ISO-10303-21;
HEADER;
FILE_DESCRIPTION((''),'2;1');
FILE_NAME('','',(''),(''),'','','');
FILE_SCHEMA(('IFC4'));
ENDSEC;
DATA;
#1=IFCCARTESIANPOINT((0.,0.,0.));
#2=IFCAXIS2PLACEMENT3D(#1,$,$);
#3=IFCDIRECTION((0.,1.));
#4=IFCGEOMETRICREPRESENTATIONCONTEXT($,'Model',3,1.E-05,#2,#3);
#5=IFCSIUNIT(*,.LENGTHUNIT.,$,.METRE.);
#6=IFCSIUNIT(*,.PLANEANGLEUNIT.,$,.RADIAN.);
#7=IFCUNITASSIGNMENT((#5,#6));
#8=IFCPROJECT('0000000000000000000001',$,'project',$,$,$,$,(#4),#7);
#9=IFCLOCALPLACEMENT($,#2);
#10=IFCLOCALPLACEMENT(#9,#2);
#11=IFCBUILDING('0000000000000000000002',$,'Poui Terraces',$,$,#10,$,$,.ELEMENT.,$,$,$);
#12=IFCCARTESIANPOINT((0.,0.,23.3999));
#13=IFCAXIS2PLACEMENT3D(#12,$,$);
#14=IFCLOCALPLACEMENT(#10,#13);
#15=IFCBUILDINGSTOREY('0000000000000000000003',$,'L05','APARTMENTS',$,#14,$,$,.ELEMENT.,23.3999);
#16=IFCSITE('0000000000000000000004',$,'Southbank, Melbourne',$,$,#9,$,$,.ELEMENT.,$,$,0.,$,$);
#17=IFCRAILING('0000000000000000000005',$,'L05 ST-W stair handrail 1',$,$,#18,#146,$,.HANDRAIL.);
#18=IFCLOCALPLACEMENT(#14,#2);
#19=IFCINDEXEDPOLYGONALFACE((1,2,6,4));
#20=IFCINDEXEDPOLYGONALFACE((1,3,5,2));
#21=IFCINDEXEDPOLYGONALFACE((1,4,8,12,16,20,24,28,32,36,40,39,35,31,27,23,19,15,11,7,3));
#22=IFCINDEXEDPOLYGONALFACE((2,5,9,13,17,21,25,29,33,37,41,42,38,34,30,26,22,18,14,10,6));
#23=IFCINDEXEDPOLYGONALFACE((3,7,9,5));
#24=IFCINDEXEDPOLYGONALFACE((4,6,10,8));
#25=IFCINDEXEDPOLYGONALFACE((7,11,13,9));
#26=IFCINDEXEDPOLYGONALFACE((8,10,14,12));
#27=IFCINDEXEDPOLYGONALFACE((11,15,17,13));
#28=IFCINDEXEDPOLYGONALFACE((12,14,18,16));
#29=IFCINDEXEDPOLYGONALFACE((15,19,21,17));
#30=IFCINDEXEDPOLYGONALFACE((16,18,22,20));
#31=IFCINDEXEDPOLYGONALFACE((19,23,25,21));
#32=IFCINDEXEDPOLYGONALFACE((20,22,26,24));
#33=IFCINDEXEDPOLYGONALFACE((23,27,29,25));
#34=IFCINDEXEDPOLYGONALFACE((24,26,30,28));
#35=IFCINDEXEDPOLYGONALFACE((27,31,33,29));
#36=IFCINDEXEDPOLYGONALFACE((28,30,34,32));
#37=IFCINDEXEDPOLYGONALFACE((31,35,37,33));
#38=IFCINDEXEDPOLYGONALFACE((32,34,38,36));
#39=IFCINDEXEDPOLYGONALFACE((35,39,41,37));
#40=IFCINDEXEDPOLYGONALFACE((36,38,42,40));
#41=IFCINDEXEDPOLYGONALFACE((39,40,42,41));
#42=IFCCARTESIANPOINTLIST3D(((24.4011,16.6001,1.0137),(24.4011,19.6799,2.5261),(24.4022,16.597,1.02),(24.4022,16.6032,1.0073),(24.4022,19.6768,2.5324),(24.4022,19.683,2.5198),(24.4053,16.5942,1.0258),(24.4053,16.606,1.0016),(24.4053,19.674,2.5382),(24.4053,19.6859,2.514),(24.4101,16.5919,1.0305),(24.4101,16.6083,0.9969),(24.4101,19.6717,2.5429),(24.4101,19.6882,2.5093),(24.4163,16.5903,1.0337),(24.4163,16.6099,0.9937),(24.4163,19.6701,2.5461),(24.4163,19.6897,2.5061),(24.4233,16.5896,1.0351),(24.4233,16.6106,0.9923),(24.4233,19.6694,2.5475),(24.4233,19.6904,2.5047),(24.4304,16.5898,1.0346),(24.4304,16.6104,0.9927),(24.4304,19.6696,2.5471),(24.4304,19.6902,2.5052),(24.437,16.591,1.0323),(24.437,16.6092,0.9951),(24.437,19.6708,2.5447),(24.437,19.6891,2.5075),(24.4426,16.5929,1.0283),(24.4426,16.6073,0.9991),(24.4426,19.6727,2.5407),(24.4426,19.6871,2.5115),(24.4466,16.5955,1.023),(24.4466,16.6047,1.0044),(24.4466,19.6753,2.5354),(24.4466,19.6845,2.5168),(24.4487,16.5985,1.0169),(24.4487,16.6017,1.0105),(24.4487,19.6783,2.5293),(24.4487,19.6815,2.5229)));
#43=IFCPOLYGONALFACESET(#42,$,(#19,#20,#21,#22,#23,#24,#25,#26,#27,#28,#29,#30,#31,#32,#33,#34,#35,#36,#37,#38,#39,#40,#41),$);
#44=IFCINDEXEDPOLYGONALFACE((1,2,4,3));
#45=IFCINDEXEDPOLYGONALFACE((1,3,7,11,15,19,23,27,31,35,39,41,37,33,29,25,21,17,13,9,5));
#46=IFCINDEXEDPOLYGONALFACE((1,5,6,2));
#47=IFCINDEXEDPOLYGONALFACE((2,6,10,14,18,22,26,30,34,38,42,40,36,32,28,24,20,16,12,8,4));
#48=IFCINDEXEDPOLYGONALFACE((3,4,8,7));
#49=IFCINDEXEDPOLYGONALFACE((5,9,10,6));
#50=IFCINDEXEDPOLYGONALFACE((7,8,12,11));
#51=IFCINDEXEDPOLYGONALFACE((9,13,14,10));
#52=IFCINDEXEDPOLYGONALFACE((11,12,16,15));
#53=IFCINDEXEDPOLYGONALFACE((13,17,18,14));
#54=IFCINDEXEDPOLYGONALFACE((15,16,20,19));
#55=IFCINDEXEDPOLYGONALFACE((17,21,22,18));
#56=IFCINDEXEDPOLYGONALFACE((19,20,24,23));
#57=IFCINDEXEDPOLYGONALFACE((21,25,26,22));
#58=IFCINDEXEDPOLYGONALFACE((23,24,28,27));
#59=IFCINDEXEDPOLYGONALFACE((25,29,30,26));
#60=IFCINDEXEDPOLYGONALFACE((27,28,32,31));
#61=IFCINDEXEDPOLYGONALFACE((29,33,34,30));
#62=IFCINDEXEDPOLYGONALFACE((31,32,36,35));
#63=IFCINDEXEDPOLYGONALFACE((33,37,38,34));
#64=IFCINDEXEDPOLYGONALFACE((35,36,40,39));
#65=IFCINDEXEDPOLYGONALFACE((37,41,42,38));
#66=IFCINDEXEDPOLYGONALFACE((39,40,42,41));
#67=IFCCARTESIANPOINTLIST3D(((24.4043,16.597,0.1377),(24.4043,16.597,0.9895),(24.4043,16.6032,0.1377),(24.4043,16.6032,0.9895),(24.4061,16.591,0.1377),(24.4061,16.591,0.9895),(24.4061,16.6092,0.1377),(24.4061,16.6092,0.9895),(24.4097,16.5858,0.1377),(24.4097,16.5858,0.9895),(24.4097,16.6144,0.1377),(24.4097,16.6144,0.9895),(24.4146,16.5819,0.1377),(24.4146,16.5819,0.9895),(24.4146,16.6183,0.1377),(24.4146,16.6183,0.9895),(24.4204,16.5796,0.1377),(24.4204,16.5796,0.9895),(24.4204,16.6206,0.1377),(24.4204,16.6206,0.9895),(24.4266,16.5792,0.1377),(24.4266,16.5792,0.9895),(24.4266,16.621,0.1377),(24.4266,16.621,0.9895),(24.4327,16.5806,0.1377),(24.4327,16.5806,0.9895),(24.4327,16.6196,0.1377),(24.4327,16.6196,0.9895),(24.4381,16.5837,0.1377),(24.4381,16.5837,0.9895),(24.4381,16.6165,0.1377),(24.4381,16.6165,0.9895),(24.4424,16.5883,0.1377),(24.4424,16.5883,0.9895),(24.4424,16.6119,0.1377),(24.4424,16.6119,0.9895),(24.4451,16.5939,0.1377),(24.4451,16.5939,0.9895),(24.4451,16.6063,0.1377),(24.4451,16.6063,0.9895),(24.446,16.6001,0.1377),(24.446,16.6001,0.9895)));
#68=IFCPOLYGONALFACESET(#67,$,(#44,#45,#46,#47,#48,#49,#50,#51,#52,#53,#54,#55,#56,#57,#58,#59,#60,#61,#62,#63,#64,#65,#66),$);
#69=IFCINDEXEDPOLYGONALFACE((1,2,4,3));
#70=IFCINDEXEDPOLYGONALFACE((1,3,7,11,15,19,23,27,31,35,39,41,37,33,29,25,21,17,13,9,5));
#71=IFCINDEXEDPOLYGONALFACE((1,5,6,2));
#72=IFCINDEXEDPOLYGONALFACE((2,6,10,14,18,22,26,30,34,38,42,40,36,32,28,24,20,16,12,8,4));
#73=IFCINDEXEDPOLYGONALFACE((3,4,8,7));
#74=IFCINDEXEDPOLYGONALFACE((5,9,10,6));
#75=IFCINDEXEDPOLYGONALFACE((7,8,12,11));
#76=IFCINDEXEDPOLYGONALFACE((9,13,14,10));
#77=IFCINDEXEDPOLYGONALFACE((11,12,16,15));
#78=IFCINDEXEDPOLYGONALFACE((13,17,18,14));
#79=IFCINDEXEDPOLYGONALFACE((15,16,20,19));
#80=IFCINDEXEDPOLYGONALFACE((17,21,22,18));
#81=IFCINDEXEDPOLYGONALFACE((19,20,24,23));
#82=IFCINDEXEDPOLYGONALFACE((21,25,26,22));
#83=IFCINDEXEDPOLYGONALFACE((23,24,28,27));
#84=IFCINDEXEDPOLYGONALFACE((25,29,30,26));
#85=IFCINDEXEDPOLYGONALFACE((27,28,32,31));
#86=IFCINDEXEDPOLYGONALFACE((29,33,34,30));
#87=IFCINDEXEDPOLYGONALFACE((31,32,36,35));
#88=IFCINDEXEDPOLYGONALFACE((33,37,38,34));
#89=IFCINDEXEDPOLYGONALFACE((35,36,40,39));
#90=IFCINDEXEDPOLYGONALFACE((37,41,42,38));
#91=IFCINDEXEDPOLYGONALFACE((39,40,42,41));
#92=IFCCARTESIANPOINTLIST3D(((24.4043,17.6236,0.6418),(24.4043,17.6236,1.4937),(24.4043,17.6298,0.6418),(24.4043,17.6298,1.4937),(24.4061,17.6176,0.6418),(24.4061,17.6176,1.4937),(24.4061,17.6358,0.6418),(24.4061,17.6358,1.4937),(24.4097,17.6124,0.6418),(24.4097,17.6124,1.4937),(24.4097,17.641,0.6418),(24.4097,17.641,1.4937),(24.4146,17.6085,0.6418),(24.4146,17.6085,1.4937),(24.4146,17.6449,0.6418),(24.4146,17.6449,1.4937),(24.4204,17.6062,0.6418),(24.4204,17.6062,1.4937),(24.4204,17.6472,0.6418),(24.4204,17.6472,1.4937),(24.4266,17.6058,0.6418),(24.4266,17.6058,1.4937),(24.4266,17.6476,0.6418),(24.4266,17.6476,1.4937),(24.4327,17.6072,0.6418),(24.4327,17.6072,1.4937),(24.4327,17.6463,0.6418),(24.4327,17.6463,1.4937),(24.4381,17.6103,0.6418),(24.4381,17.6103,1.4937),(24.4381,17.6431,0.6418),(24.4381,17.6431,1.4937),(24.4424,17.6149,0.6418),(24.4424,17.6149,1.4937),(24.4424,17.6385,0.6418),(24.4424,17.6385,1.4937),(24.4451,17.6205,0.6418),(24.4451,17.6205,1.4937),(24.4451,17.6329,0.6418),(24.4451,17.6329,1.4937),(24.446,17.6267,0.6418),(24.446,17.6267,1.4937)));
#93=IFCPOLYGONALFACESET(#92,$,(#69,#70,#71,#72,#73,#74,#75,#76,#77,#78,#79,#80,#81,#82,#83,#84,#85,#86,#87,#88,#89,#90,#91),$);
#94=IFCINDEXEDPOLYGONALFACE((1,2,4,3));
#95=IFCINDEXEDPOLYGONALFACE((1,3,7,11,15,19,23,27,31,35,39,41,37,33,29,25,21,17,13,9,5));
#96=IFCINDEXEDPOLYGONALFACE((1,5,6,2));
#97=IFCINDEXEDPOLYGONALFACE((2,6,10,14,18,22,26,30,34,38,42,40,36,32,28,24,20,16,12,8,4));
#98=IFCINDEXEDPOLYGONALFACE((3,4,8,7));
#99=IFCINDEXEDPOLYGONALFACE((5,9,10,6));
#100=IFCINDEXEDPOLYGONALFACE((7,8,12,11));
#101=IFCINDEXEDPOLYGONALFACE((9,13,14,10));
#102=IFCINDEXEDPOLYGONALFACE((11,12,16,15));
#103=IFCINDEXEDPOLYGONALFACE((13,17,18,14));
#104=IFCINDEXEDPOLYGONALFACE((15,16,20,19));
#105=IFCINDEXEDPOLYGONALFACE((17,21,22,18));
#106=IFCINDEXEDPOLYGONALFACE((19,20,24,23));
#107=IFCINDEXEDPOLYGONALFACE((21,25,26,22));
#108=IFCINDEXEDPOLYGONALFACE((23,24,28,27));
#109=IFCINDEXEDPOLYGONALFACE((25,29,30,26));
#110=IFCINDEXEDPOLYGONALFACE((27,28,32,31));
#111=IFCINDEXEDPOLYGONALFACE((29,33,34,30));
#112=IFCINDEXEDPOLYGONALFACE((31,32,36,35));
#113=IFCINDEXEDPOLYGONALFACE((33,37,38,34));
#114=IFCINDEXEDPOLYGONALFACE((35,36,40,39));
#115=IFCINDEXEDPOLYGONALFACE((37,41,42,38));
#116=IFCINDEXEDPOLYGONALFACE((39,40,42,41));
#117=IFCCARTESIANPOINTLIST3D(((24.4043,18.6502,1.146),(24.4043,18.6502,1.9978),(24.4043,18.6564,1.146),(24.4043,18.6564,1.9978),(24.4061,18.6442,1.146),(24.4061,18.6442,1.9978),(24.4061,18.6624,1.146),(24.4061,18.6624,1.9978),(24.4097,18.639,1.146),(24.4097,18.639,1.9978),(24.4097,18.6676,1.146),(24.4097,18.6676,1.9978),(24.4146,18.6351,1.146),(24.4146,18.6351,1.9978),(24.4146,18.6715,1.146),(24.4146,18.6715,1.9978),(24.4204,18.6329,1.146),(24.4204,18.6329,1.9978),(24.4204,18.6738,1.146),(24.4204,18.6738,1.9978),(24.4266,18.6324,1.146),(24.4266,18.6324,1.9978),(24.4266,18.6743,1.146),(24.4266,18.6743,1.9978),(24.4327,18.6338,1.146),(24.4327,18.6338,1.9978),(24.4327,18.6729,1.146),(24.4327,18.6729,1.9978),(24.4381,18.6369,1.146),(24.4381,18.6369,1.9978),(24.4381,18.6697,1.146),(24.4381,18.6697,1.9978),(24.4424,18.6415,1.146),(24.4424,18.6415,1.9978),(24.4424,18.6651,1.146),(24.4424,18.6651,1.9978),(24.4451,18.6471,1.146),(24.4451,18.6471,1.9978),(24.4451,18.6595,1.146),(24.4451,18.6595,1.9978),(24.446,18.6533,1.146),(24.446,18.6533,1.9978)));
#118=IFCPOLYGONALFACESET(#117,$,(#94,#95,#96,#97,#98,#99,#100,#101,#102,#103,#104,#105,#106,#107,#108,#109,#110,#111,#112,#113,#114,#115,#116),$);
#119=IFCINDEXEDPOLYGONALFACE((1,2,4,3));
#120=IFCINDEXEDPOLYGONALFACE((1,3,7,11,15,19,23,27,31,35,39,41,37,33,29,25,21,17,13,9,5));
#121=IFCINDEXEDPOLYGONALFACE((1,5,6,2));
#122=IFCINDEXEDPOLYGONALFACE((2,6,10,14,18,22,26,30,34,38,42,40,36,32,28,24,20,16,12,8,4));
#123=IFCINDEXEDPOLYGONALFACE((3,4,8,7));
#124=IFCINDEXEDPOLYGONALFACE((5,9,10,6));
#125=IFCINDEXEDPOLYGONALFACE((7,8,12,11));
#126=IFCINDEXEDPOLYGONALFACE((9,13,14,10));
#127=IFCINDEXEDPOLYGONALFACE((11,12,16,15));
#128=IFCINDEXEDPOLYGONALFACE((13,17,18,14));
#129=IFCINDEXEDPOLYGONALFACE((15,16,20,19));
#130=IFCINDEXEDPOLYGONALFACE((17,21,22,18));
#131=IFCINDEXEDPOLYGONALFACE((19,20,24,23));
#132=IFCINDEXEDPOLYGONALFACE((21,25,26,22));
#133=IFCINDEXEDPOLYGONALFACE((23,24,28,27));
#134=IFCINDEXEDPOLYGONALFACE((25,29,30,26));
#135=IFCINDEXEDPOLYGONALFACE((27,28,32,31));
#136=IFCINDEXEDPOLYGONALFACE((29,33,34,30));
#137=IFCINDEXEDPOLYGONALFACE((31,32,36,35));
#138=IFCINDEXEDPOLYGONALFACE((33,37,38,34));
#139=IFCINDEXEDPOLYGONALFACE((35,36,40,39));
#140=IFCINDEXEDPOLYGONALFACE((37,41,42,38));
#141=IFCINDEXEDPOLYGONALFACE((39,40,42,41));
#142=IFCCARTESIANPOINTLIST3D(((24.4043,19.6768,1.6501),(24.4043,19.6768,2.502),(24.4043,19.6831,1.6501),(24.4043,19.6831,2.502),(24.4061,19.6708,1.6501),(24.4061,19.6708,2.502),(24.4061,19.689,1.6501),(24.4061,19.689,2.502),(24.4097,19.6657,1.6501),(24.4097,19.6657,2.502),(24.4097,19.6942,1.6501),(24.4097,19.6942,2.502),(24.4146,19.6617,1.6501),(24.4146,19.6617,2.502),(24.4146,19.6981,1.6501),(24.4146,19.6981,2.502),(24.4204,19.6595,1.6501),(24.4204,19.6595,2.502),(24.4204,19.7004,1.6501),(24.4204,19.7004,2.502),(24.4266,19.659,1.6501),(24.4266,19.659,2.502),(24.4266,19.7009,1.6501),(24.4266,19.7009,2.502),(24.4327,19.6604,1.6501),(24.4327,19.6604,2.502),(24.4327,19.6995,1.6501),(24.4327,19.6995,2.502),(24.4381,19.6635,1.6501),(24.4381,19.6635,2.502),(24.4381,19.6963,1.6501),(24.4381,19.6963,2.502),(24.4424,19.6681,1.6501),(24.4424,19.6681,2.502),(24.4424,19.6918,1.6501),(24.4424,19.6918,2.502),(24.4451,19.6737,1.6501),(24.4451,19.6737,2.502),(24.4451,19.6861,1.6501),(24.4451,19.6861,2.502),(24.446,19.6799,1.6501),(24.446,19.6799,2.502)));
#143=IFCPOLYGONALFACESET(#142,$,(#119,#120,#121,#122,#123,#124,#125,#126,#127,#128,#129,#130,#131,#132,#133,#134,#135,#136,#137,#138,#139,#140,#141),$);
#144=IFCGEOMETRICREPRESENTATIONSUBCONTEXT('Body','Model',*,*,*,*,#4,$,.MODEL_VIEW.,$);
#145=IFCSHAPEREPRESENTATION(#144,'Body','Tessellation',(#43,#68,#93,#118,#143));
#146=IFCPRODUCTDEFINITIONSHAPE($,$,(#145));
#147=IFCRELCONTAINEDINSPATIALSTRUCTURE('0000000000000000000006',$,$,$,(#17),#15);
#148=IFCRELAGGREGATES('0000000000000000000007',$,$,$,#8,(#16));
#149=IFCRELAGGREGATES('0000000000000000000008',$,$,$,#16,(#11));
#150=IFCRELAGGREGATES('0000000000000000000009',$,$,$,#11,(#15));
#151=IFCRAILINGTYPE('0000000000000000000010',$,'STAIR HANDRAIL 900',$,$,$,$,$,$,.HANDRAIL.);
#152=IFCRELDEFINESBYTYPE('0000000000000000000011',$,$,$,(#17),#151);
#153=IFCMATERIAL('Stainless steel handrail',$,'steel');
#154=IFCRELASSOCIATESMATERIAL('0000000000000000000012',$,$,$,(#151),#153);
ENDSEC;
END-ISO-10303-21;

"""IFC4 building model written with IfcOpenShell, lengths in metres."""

from ifc_helpers import new_model, si_unit, direction, frame, origin, origin_2d, place, context, subcontext, project, spatial, circle, extrude, material, type_object, element, save


model = new_model("IFC4")

# Units and contexts
model_context = context("Model", 3, precision=1e-05, world=origin(), true_north=direction((0.0, 1.0)))
body_context = subcontext(model_context, "Body", "Model", "MODEL_VIEW")
ifc_project = project(units=[si_unit("LENGTHUNIT", "METRE"), si_unit("PLANEANGLEUNIT", "RADIAN")], contexts=[model_context])

# Site, building, storey
site_placement = place(None, origin())
site = spatial("IfcSite", under=ifc_project, at=site_placement, Name="Southbank, Melbourne", CompositionType="ELEMENT", RefElevation=0.0)
building_placement = place(site_placement, origin())
building = spatial("IfcBuilding", under=site, at=building_placement, Name="Poui Terraces", CompositionType="ELEMENT")
storey_placement = place(building_placement, frame((0.0, 0.0, 23.3999)))
storey = spatial("IfcBuildingStorey", under=building, at=storey_placement, Name="L05", Description="APARTMENTS", CompositionType="ELEMENT", Elevation=23.3999)

# Railing
ifc_material_1 = material(Name="Stainless steel handrail", Category="steel")
railing_type_1 = type_object("IfcRailingType", Name="STAIR HANDRAIL 900", PredefinedType="HANDRAIL", material=ifc_material_1)
railing_1_placement = place(storey_placement, frame((24.425, 16.6001, 0.1377)))
element("IfcRailing", 1, at=railing_1_placement, inside=storey, type_object=railing_type_1, Name="L05 ST-W stair handrail 1", PredefinedType="HANDRAIL", context=body_context, shape_type="SweptSolid", body=[
    extrude(circle(Radius=0.0239, at=origin_2d()), frame((0.0, 0.0, 0.876), z_axis=(0.0, 0.897606, 0.440798), x_axis=(-1.0, 0.0, 0.0)), (0.0, 0.0, 1.0), 3.4312),
    extrude(circle(Radius=0.021, at=origin_2d()), origin(), (0.0, 0.0, 1.0), 0.8518),
    extrude(circle(Radius=0.021, at=origin_2d()), frame((0.0, 1.0266, 0.5042)), (0.0, 0.0, 1.0), 0.8518),
    extrude(circle(Radius=0.021, at=origin_2d()), frame((0.0, 2.0532, 1.0083)), (0.0, 0.0, 1.0), 0.8518),
    extrude(circle(Radius=0.021, at=origin_2d()), frame((0.0, 3.0798, 1.5125)), (0.0, 0.0, 1.0), 0.8518),
])

save(model, "model.ifc")
